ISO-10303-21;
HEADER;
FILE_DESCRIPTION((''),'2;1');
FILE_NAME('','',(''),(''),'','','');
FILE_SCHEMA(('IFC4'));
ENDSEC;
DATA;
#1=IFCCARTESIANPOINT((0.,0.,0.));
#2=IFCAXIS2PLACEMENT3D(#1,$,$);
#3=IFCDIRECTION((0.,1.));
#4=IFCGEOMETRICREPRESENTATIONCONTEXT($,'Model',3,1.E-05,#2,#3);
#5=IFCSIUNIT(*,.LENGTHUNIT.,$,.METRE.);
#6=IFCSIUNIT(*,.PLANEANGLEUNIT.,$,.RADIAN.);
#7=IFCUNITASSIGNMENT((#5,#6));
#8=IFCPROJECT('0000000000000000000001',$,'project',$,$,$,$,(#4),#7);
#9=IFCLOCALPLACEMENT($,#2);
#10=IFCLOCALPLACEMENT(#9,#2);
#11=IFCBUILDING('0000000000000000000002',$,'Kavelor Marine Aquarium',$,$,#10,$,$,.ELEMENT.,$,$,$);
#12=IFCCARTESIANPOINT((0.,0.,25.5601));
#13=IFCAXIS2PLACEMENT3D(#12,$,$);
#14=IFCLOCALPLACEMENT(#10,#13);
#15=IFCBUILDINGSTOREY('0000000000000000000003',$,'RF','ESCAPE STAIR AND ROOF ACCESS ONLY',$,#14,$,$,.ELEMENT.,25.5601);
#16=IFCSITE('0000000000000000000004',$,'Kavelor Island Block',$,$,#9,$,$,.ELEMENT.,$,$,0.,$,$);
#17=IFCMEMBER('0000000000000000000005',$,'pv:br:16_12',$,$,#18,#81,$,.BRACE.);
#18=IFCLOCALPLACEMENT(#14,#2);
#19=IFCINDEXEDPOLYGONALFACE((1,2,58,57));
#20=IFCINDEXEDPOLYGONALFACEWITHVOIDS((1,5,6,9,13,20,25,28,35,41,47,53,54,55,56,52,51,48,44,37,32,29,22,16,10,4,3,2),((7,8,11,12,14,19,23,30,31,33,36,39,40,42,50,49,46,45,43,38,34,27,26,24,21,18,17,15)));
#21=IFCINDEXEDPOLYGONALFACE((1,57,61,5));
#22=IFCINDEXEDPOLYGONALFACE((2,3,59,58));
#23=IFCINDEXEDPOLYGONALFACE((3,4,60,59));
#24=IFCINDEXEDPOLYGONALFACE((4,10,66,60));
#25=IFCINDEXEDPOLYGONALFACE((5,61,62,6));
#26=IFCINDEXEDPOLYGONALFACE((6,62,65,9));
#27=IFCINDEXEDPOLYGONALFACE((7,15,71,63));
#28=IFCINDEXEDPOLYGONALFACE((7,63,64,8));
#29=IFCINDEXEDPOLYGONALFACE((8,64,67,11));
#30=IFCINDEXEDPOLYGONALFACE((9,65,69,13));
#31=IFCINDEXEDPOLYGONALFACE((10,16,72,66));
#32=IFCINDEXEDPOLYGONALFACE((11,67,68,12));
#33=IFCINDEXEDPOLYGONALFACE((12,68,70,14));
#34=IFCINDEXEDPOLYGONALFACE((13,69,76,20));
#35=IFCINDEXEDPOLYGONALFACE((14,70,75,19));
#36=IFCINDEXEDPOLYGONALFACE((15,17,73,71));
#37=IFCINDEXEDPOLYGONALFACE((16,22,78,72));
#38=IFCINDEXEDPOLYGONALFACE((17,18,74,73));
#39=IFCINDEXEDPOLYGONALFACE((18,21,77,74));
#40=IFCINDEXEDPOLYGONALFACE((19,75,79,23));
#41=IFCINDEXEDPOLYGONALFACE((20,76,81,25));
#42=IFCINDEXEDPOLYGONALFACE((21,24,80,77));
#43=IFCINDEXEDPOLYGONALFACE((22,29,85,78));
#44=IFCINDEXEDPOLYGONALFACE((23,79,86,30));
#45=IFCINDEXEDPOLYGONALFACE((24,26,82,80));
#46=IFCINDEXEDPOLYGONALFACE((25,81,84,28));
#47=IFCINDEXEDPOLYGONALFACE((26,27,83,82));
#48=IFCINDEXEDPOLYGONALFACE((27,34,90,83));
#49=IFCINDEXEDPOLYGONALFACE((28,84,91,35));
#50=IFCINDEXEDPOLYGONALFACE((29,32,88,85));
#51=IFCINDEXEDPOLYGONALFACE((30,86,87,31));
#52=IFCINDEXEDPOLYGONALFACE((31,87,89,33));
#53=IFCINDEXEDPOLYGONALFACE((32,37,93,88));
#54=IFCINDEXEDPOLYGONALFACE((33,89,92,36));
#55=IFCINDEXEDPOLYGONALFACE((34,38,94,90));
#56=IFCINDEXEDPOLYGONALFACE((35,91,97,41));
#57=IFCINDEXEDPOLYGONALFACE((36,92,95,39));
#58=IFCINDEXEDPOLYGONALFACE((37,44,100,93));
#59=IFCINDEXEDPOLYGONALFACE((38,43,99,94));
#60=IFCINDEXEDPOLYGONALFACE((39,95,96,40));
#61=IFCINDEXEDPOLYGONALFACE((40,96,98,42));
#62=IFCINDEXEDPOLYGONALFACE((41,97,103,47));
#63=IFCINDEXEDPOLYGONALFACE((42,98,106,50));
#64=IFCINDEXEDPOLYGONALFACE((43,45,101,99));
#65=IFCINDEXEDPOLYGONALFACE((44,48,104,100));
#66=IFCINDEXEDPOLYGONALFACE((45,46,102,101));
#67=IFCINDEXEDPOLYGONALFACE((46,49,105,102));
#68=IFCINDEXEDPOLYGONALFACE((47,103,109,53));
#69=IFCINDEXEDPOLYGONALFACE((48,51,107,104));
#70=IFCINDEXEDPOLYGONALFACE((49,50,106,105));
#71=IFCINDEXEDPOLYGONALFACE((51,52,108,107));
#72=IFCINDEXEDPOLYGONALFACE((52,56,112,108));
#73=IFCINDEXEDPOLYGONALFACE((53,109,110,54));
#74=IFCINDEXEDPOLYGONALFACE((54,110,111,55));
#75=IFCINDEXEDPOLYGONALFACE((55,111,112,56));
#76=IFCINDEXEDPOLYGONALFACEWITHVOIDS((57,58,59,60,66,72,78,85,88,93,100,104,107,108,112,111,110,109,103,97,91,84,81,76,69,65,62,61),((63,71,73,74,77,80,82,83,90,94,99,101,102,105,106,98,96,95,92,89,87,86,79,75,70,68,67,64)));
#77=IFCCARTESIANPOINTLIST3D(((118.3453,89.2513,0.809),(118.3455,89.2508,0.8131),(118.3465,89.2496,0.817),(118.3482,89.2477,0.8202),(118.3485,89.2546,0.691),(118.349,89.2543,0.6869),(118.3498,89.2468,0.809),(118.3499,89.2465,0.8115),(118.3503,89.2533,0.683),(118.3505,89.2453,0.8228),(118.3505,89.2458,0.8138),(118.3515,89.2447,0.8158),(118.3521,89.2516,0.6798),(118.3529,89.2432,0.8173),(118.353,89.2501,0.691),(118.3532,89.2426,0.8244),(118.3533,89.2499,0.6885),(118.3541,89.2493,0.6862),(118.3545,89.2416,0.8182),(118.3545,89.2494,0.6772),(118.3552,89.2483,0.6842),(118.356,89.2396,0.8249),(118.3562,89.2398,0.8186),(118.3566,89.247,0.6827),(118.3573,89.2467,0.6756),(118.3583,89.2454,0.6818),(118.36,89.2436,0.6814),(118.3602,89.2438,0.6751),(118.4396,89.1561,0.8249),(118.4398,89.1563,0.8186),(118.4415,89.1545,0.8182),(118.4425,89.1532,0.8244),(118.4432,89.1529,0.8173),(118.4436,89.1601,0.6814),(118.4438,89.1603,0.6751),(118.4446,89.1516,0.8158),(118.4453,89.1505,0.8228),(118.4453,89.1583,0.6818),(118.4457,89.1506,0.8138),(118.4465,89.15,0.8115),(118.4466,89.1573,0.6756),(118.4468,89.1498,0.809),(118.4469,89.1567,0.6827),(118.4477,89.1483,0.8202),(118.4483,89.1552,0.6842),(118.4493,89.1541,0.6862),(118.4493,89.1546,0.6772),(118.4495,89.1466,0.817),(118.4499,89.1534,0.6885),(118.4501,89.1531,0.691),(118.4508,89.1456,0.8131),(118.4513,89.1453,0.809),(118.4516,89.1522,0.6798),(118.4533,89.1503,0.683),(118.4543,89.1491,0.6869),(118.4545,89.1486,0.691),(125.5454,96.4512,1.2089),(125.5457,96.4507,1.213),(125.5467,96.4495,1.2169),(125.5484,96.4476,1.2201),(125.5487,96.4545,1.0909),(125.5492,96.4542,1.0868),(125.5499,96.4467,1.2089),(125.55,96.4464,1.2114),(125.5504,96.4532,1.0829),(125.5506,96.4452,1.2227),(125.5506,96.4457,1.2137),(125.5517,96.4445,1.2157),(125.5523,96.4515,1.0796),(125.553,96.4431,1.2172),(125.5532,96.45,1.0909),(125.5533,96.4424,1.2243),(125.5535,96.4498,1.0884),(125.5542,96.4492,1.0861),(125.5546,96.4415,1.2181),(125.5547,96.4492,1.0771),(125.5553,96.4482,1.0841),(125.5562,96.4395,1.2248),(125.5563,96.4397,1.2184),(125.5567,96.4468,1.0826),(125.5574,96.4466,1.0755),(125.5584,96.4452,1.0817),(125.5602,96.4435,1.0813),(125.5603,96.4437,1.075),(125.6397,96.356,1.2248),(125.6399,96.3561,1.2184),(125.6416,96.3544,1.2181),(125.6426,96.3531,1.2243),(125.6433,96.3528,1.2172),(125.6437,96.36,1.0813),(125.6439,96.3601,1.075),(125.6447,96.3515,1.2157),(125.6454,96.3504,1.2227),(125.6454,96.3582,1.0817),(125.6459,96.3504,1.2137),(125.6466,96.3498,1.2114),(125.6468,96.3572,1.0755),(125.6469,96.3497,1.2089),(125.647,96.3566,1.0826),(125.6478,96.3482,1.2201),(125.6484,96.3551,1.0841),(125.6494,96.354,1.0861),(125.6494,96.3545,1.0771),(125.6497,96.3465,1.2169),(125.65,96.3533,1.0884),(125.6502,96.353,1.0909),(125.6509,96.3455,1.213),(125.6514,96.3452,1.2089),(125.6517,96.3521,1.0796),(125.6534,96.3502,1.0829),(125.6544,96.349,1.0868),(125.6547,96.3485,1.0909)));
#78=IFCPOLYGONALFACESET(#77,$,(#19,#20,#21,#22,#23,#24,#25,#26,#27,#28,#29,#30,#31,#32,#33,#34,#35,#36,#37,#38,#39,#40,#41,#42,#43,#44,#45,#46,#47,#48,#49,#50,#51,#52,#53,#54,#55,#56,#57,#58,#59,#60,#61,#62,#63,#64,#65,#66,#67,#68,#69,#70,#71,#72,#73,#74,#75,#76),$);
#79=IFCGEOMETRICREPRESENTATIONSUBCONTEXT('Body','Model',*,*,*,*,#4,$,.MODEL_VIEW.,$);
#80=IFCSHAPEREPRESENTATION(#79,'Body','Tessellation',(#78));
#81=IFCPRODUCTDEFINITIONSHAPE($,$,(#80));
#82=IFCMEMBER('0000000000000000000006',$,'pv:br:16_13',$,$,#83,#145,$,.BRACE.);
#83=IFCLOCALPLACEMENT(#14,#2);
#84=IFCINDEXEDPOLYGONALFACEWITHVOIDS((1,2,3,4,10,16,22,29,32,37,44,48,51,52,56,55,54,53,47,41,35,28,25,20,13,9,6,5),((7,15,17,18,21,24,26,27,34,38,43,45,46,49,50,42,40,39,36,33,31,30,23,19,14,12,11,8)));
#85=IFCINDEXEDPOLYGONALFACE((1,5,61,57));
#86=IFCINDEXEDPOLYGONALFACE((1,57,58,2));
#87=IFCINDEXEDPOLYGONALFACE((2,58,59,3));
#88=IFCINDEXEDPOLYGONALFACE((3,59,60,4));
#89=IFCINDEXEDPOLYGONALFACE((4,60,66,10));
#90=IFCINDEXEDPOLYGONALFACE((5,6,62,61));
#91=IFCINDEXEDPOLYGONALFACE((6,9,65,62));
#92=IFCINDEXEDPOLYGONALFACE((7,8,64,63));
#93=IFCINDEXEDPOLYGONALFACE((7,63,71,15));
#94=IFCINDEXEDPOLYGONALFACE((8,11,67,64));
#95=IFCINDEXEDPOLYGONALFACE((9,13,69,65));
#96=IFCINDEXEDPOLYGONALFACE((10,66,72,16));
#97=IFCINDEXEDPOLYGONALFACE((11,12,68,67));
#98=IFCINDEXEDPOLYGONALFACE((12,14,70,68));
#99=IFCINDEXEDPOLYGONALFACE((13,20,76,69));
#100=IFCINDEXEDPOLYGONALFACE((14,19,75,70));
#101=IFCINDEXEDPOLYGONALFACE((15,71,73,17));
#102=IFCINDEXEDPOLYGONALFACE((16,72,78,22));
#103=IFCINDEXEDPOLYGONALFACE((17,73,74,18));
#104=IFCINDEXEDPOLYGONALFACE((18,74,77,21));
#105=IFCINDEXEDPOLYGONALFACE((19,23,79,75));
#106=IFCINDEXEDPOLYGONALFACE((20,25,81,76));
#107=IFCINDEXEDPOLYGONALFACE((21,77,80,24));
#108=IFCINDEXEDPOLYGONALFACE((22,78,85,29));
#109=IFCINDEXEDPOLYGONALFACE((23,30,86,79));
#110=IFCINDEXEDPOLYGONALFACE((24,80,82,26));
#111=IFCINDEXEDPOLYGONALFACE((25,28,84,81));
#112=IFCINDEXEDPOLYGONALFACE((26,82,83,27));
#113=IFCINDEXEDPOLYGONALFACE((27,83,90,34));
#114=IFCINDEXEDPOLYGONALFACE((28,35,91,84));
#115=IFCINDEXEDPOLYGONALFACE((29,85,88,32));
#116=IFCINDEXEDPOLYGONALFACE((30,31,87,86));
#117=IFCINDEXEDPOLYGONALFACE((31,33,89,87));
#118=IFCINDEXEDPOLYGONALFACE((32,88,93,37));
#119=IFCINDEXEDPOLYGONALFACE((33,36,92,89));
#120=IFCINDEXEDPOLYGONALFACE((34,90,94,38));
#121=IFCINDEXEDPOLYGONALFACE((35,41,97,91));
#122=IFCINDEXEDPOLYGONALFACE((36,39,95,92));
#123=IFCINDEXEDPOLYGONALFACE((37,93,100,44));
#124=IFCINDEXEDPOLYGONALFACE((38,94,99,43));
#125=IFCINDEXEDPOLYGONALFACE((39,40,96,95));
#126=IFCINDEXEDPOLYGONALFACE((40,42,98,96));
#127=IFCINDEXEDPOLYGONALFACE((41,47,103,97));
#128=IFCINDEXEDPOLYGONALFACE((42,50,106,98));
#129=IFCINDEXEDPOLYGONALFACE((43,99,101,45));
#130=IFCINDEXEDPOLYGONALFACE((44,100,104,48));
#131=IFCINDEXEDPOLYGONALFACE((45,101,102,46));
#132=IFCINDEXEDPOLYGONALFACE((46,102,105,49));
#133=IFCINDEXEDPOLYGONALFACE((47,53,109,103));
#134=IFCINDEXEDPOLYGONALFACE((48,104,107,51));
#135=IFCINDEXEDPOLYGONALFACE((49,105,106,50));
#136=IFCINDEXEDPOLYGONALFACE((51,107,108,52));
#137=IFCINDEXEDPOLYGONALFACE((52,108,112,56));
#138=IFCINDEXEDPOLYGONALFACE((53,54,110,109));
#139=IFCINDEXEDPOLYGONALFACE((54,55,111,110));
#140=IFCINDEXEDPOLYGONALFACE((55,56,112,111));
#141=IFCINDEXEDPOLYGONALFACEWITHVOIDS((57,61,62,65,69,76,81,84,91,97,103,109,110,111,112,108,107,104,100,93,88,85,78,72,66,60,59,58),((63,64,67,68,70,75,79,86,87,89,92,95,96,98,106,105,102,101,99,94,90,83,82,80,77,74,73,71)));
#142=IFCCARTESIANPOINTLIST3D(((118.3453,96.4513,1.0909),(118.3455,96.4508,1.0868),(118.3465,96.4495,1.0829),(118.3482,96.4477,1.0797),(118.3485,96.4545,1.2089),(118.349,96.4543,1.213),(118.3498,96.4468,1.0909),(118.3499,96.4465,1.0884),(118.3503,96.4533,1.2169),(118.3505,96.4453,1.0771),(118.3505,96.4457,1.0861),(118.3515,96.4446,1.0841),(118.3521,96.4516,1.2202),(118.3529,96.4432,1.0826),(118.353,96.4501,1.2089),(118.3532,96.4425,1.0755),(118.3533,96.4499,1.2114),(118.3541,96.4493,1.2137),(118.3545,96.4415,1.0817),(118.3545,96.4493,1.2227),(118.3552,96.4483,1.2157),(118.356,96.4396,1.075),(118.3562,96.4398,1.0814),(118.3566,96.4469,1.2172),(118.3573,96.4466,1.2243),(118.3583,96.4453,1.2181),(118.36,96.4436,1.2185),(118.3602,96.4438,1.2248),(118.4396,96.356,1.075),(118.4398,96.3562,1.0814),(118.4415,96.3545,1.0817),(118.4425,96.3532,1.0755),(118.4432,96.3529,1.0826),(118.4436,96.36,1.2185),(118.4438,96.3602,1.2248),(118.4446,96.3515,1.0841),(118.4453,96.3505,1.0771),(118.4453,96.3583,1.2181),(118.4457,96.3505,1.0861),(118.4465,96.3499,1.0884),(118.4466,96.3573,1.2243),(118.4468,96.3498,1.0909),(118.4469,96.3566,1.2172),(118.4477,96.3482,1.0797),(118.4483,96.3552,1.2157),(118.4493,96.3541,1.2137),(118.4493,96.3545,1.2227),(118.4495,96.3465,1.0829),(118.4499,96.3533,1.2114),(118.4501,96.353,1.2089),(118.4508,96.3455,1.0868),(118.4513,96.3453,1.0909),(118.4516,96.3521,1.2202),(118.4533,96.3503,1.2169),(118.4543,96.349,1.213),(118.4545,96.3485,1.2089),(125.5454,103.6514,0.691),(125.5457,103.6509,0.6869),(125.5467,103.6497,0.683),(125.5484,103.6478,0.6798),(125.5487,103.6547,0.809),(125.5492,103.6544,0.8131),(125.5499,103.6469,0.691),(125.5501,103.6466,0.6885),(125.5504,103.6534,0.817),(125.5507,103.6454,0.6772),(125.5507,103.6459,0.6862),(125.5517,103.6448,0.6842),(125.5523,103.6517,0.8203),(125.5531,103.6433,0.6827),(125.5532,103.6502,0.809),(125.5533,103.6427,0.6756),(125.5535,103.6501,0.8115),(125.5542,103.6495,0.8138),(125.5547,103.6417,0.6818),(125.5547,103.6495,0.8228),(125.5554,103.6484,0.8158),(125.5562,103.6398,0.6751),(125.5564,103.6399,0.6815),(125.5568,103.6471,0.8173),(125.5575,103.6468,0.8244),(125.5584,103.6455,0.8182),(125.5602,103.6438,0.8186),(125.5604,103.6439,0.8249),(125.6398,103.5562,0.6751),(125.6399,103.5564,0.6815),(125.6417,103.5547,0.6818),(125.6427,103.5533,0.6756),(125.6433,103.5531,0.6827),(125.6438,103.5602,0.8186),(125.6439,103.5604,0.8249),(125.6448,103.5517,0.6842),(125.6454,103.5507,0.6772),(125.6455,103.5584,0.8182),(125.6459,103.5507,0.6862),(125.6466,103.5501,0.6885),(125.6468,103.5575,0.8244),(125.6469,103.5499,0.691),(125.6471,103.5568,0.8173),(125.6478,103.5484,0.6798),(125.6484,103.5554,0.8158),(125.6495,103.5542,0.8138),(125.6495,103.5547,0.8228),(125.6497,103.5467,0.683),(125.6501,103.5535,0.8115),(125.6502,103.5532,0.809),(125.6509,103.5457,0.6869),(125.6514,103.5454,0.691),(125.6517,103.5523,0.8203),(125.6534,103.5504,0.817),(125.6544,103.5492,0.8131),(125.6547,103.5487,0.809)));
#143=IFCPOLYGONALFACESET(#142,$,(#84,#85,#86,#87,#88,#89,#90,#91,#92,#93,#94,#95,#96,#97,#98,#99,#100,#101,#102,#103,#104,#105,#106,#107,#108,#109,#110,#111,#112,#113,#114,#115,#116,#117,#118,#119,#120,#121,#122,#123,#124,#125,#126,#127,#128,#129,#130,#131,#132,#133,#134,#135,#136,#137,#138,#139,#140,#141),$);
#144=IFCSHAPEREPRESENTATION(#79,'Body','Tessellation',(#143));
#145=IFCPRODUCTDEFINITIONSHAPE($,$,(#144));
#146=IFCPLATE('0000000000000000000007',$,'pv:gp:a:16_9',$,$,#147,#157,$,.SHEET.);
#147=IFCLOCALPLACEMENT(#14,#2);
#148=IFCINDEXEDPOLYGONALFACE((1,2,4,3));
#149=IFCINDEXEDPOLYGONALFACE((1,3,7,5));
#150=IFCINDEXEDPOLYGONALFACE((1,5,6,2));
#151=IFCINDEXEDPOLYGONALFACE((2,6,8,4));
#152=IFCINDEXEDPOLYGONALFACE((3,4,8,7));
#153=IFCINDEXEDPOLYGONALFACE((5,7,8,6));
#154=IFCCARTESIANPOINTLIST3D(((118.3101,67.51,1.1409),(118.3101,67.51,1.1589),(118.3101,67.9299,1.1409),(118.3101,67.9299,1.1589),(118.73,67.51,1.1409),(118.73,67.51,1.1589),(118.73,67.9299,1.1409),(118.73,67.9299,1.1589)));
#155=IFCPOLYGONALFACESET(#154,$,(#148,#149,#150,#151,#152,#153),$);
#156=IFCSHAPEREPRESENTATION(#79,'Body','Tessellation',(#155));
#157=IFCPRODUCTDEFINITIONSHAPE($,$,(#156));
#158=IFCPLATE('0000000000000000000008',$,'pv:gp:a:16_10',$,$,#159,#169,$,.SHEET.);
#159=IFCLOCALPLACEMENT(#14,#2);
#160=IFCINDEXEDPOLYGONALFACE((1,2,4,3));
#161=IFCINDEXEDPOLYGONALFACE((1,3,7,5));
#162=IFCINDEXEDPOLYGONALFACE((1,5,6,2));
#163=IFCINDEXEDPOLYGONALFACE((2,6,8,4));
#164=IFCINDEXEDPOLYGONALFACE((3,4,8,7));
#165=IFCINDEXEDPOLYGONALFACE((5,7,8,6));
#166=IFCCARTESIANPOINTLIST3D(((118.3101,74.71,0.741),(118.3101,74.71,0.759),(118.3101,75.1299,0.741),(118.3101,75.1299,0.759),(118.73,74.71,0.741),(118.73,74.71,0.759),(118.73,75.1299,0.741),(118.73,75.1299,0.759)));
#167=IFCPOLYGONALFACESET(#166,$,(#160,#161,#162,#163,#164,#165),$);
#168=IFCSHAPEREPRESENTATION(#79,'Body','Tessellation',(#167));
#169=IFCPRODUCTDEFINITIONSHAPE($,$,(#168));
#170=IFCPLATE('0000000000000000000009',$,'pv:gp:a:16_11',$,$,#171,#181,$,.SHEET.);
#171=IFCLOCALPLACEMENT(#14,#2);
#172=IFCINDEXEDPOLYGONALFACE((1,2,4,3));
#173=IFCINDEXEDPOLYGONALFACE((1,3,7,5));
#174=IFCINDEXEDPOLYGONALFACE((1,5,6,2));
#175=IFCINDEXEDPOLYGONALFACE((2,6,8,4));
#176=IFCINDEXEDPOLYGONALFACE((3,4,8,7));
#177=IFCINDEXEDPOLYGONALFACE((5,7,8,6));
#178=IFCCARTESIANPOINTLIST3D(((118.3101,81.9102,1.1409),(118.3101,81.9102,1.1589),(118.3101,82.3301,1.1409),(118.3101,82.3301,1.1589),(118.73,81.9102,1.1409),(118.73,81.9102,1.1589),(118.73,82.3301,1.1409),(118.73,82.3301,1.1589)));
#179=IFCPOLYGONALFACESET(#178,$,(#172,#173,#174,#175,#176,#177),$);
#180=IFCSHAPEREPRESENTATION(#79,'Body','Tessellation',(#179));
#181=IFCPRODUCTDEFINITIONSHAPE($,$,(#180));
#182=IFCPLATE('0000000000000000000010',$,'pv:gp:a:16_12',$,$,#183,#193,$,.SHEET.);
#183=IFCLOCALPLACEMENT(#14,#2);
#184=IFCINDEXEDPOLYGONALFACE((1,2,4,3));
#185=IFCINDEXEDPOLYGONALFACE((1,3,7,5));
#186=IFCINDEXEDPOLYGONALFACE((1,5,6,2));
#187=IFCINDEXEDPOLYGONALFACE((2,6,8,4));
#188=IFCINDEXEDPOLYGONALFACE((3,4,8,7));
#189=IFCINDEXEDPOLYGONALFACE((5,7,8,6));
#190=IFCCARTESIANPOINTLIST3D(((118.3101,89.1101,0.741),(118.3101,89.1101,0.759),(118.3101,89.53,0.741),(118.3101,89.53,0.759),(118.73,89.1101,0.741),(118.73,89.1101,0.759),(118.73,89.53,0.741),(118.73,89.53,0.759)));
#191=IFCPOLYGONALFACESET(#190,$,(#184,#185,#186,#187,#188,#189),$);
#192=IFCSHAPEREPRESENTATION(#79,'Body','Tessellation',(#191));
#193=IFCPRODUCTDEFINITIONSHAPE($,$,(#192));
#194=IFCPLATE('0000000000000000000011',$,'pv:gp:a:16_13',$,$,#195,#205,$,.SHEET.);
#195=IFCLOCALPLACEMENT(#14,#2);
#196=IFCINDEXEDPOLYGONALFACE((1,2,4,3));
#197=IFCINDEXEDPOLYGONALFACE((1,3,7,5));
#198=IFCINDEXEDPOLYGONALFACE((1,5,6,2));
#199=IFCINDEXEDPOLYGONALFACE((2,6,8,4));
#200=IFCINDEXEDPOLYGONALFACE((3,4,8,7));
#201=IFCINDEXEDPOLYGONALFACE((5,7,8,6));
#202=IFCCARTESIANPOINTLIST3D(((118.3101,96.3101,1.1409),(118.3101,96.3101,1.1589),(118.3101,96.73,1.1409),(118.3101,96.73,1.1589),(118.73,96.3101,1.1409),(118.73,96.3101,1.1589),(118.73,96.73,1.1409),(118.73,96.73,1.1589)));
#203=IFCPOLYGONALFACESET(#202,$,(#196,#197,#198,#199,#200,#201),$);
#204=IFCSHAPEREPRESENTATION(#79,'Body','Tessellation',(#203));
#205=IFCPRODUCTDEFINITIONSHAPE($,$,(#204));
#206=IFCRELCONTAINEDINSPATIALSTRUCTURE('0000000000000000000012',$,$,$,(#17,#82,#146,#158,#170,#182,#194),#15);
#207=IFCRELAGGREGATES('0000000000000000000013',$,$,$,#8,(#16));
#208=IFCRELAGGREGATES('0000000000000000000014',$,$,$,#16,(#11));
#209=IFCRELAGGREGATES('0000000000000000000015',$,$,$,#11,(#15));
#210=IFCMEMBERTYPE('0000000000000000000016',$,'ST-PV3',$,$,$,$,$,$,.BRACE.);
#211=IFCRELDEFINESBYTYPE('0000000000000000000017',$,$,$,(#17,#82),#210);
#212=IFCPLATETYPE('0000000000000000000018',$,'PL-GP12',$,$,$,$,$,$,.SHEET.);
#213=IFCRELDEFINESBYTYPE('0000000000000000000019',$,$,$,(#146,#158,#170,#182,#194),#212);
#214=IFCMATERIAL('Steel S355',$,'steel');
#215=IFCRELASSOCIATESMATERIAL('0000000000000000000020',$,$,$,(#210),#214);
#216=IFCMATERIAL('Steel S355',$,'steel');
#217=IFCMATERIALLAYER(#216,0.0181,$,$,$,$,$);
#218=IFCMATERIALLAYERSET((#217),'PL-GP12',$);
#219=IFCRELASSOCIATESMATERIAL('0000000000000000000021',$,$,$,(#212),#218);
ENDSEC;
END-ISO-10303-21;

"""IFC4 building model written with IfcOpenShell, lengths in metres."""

from ifc_helpers import new_model, si_unit, direction, frame, origin, origin_2d, place, context, subcontext, project, spatial, rectangle, hollow_rectangle, extrude, material, layer, layer_set, material_profile, profile_set, type_object, element, save


model = new_model("IFC4")

# Units and contexts
model_context = context("Model", 3, precision=1e-05, world=origin(), true_north=direction((0.0, 1.0)))
body_context = subcontext(model_context, "Body", "Model", "MODEL_VIEW")
ifc_project = project(units=[si_unit("LENGTHUNIT", "METRE"), si_unit("PLANEANGLEUNIT", "RADIAN")], contexts=[model_context])

# Site, building, storey
site_placement = place(None, origin())
site = spatial("IfcSite", under=ifc_project, at=site_placement, Name="Kavelor Island Block", CompositionType="ELEMENT", RefElevation=0.0)
building_placement = place(site_placement, origin())
building = spatial("IfcBuilding", under=site, at=building_placement, Name="Kavelor Marine Aquarium", CompositionType="ELEMENT")
storey_placement = place(building_placement, frame((0.0, 0.0, 25.5601)))
storey = spatial("IfcBuildingStorey", under=building, at=storey_placement, Name="RF", Description="ESCAPE STAIR AND ROOF ACCESS ONLY", CompositionType="ELEMENT", Elevation=25.5601)

# Members
ifc_material_1 = material(Name="Steel S355", Category="steel")
ifc_material_profile_1 = material_profile(ifc_material_1, hollow_rectangle(XDim=0.1499, YDim=0.1499, WallThickness=0.0063, InnerFilletRadius=0.0095, OuterFilletRadius=0.0159, at=origin_2d()), Name="SHS 150x150x6.3")
ifc_profile_set_1 = profile_set([ifc_material_profile_1], Name="Steel S355")
member_type_1 = type_object("IfcMemberType", Name="ST-PV3", PredefinedType="BRACE", material=ifc_profile_set_1)
for number, where, z_axis, x_axis, name in (
    (1, (118.3999, 89.2, 0.75), (0.706574, 0.70655, 0.039243), (-0.707095, 0.707119, 0.0), "pv:br:16_12"),
):
    element("IfcMember", number, at=place(storey_placement, frame(where, z_axis=z_axis, x_axis=x_axis)), inside=storey, type_object=member_type_1, Name=name, PredefinedType="BRACE", context=body_context, shape_type="SweptSolid", body=[
        extrude(hollow_rectangle(XDim=0.1499, YDim=0.1499, WallThickness=0.0063, InnerFilletRadius=0.0095, OuterFilletRadius=0.0159, at=origin_2d()), origin(), (0.0, 0.0, 1.0), 10.1902),
    ])
member_1_placement = place(storey_placement, frame((118.3999, 96.3999, 1.1499), z_axis=(0.706562, 0.706562, -0.039243), x_axis=(-0.707107, 0.707107, 0.0)))
element("IfcMember", 2, at=member_1_placement, inside=storey, type_object=member_type_1, Name="pv:br:16_13", PredefinedType="BRACE", context=body_context, shape_type="SweptSolid", body=[
    extrude(hollow_rectangle(XDim=0.1499, YDim=0.1499, WallThickness=0.0063, InnerFilletRadius=0.0095, OuterFilletRadius=0.0159, at=origin_2d()), origin(), (0.0, 0.0, 1.0), 10.1904),
])

# Plates
ifc_material_2 = material(Name="Steel S355", Category="steel")
ifc_layer_1 = layer(ifc_material_2, 0.0181)
ifc_layer_set_1 = layer_set([ifc_layer_1], Name="PL-GP12")
plate_type = type_object("IfcPlateType", Name="PL-GP12", PredefinedType="SHEET", material=ifc_layer_set_1)
for number, where, z_axis, x_axis, name in (
    (3, (118.52, 67.72, 1.1409), (0.0, 0.0, 1.0), (1.0, 0.0, 0.0), "pv:gp:a:16_9"),
    (4, (118.52, 74.9199, 0.741), (0.0, 0.0, 1.0), (1.0, 0.0, 0.0), "pv:gp:a:16_10"),
    (5, (118.52, 82.1201, 1.1409), (0.0, 0.0, 1.0), (1.0, 0.0, 0.0), "pv:gp:a:16_11"),
    (6, (118.52, 89.3201, 0.741), (0.0, 0.0, 1.0), (1.0, 0.0, 0.0), "pv:gp:a:16_12"),
    (7, (118.52, 96.52, 1.1409), (0.0, 0.0, 1.0), (1.0, 0.0, 0.0), "pv:gp:a:16_13"),
):
    element("IfcPlate", number, at=place(storey_placement, frame(where, z_axis=z_axis, x_axis=x_axis)), inside=storey, type_object=plate_type, Name=name, PredefinedType="SHEET", context=body_context, shape_type="SweptSolid", body=[
        extrude(rectangle(XDim=0.4199, YDim=0.4199, at=origin_2d()), origin(), (0.0, 0.0, 1.0), 0.0181),
    ])

save(model, "model.ifc")
